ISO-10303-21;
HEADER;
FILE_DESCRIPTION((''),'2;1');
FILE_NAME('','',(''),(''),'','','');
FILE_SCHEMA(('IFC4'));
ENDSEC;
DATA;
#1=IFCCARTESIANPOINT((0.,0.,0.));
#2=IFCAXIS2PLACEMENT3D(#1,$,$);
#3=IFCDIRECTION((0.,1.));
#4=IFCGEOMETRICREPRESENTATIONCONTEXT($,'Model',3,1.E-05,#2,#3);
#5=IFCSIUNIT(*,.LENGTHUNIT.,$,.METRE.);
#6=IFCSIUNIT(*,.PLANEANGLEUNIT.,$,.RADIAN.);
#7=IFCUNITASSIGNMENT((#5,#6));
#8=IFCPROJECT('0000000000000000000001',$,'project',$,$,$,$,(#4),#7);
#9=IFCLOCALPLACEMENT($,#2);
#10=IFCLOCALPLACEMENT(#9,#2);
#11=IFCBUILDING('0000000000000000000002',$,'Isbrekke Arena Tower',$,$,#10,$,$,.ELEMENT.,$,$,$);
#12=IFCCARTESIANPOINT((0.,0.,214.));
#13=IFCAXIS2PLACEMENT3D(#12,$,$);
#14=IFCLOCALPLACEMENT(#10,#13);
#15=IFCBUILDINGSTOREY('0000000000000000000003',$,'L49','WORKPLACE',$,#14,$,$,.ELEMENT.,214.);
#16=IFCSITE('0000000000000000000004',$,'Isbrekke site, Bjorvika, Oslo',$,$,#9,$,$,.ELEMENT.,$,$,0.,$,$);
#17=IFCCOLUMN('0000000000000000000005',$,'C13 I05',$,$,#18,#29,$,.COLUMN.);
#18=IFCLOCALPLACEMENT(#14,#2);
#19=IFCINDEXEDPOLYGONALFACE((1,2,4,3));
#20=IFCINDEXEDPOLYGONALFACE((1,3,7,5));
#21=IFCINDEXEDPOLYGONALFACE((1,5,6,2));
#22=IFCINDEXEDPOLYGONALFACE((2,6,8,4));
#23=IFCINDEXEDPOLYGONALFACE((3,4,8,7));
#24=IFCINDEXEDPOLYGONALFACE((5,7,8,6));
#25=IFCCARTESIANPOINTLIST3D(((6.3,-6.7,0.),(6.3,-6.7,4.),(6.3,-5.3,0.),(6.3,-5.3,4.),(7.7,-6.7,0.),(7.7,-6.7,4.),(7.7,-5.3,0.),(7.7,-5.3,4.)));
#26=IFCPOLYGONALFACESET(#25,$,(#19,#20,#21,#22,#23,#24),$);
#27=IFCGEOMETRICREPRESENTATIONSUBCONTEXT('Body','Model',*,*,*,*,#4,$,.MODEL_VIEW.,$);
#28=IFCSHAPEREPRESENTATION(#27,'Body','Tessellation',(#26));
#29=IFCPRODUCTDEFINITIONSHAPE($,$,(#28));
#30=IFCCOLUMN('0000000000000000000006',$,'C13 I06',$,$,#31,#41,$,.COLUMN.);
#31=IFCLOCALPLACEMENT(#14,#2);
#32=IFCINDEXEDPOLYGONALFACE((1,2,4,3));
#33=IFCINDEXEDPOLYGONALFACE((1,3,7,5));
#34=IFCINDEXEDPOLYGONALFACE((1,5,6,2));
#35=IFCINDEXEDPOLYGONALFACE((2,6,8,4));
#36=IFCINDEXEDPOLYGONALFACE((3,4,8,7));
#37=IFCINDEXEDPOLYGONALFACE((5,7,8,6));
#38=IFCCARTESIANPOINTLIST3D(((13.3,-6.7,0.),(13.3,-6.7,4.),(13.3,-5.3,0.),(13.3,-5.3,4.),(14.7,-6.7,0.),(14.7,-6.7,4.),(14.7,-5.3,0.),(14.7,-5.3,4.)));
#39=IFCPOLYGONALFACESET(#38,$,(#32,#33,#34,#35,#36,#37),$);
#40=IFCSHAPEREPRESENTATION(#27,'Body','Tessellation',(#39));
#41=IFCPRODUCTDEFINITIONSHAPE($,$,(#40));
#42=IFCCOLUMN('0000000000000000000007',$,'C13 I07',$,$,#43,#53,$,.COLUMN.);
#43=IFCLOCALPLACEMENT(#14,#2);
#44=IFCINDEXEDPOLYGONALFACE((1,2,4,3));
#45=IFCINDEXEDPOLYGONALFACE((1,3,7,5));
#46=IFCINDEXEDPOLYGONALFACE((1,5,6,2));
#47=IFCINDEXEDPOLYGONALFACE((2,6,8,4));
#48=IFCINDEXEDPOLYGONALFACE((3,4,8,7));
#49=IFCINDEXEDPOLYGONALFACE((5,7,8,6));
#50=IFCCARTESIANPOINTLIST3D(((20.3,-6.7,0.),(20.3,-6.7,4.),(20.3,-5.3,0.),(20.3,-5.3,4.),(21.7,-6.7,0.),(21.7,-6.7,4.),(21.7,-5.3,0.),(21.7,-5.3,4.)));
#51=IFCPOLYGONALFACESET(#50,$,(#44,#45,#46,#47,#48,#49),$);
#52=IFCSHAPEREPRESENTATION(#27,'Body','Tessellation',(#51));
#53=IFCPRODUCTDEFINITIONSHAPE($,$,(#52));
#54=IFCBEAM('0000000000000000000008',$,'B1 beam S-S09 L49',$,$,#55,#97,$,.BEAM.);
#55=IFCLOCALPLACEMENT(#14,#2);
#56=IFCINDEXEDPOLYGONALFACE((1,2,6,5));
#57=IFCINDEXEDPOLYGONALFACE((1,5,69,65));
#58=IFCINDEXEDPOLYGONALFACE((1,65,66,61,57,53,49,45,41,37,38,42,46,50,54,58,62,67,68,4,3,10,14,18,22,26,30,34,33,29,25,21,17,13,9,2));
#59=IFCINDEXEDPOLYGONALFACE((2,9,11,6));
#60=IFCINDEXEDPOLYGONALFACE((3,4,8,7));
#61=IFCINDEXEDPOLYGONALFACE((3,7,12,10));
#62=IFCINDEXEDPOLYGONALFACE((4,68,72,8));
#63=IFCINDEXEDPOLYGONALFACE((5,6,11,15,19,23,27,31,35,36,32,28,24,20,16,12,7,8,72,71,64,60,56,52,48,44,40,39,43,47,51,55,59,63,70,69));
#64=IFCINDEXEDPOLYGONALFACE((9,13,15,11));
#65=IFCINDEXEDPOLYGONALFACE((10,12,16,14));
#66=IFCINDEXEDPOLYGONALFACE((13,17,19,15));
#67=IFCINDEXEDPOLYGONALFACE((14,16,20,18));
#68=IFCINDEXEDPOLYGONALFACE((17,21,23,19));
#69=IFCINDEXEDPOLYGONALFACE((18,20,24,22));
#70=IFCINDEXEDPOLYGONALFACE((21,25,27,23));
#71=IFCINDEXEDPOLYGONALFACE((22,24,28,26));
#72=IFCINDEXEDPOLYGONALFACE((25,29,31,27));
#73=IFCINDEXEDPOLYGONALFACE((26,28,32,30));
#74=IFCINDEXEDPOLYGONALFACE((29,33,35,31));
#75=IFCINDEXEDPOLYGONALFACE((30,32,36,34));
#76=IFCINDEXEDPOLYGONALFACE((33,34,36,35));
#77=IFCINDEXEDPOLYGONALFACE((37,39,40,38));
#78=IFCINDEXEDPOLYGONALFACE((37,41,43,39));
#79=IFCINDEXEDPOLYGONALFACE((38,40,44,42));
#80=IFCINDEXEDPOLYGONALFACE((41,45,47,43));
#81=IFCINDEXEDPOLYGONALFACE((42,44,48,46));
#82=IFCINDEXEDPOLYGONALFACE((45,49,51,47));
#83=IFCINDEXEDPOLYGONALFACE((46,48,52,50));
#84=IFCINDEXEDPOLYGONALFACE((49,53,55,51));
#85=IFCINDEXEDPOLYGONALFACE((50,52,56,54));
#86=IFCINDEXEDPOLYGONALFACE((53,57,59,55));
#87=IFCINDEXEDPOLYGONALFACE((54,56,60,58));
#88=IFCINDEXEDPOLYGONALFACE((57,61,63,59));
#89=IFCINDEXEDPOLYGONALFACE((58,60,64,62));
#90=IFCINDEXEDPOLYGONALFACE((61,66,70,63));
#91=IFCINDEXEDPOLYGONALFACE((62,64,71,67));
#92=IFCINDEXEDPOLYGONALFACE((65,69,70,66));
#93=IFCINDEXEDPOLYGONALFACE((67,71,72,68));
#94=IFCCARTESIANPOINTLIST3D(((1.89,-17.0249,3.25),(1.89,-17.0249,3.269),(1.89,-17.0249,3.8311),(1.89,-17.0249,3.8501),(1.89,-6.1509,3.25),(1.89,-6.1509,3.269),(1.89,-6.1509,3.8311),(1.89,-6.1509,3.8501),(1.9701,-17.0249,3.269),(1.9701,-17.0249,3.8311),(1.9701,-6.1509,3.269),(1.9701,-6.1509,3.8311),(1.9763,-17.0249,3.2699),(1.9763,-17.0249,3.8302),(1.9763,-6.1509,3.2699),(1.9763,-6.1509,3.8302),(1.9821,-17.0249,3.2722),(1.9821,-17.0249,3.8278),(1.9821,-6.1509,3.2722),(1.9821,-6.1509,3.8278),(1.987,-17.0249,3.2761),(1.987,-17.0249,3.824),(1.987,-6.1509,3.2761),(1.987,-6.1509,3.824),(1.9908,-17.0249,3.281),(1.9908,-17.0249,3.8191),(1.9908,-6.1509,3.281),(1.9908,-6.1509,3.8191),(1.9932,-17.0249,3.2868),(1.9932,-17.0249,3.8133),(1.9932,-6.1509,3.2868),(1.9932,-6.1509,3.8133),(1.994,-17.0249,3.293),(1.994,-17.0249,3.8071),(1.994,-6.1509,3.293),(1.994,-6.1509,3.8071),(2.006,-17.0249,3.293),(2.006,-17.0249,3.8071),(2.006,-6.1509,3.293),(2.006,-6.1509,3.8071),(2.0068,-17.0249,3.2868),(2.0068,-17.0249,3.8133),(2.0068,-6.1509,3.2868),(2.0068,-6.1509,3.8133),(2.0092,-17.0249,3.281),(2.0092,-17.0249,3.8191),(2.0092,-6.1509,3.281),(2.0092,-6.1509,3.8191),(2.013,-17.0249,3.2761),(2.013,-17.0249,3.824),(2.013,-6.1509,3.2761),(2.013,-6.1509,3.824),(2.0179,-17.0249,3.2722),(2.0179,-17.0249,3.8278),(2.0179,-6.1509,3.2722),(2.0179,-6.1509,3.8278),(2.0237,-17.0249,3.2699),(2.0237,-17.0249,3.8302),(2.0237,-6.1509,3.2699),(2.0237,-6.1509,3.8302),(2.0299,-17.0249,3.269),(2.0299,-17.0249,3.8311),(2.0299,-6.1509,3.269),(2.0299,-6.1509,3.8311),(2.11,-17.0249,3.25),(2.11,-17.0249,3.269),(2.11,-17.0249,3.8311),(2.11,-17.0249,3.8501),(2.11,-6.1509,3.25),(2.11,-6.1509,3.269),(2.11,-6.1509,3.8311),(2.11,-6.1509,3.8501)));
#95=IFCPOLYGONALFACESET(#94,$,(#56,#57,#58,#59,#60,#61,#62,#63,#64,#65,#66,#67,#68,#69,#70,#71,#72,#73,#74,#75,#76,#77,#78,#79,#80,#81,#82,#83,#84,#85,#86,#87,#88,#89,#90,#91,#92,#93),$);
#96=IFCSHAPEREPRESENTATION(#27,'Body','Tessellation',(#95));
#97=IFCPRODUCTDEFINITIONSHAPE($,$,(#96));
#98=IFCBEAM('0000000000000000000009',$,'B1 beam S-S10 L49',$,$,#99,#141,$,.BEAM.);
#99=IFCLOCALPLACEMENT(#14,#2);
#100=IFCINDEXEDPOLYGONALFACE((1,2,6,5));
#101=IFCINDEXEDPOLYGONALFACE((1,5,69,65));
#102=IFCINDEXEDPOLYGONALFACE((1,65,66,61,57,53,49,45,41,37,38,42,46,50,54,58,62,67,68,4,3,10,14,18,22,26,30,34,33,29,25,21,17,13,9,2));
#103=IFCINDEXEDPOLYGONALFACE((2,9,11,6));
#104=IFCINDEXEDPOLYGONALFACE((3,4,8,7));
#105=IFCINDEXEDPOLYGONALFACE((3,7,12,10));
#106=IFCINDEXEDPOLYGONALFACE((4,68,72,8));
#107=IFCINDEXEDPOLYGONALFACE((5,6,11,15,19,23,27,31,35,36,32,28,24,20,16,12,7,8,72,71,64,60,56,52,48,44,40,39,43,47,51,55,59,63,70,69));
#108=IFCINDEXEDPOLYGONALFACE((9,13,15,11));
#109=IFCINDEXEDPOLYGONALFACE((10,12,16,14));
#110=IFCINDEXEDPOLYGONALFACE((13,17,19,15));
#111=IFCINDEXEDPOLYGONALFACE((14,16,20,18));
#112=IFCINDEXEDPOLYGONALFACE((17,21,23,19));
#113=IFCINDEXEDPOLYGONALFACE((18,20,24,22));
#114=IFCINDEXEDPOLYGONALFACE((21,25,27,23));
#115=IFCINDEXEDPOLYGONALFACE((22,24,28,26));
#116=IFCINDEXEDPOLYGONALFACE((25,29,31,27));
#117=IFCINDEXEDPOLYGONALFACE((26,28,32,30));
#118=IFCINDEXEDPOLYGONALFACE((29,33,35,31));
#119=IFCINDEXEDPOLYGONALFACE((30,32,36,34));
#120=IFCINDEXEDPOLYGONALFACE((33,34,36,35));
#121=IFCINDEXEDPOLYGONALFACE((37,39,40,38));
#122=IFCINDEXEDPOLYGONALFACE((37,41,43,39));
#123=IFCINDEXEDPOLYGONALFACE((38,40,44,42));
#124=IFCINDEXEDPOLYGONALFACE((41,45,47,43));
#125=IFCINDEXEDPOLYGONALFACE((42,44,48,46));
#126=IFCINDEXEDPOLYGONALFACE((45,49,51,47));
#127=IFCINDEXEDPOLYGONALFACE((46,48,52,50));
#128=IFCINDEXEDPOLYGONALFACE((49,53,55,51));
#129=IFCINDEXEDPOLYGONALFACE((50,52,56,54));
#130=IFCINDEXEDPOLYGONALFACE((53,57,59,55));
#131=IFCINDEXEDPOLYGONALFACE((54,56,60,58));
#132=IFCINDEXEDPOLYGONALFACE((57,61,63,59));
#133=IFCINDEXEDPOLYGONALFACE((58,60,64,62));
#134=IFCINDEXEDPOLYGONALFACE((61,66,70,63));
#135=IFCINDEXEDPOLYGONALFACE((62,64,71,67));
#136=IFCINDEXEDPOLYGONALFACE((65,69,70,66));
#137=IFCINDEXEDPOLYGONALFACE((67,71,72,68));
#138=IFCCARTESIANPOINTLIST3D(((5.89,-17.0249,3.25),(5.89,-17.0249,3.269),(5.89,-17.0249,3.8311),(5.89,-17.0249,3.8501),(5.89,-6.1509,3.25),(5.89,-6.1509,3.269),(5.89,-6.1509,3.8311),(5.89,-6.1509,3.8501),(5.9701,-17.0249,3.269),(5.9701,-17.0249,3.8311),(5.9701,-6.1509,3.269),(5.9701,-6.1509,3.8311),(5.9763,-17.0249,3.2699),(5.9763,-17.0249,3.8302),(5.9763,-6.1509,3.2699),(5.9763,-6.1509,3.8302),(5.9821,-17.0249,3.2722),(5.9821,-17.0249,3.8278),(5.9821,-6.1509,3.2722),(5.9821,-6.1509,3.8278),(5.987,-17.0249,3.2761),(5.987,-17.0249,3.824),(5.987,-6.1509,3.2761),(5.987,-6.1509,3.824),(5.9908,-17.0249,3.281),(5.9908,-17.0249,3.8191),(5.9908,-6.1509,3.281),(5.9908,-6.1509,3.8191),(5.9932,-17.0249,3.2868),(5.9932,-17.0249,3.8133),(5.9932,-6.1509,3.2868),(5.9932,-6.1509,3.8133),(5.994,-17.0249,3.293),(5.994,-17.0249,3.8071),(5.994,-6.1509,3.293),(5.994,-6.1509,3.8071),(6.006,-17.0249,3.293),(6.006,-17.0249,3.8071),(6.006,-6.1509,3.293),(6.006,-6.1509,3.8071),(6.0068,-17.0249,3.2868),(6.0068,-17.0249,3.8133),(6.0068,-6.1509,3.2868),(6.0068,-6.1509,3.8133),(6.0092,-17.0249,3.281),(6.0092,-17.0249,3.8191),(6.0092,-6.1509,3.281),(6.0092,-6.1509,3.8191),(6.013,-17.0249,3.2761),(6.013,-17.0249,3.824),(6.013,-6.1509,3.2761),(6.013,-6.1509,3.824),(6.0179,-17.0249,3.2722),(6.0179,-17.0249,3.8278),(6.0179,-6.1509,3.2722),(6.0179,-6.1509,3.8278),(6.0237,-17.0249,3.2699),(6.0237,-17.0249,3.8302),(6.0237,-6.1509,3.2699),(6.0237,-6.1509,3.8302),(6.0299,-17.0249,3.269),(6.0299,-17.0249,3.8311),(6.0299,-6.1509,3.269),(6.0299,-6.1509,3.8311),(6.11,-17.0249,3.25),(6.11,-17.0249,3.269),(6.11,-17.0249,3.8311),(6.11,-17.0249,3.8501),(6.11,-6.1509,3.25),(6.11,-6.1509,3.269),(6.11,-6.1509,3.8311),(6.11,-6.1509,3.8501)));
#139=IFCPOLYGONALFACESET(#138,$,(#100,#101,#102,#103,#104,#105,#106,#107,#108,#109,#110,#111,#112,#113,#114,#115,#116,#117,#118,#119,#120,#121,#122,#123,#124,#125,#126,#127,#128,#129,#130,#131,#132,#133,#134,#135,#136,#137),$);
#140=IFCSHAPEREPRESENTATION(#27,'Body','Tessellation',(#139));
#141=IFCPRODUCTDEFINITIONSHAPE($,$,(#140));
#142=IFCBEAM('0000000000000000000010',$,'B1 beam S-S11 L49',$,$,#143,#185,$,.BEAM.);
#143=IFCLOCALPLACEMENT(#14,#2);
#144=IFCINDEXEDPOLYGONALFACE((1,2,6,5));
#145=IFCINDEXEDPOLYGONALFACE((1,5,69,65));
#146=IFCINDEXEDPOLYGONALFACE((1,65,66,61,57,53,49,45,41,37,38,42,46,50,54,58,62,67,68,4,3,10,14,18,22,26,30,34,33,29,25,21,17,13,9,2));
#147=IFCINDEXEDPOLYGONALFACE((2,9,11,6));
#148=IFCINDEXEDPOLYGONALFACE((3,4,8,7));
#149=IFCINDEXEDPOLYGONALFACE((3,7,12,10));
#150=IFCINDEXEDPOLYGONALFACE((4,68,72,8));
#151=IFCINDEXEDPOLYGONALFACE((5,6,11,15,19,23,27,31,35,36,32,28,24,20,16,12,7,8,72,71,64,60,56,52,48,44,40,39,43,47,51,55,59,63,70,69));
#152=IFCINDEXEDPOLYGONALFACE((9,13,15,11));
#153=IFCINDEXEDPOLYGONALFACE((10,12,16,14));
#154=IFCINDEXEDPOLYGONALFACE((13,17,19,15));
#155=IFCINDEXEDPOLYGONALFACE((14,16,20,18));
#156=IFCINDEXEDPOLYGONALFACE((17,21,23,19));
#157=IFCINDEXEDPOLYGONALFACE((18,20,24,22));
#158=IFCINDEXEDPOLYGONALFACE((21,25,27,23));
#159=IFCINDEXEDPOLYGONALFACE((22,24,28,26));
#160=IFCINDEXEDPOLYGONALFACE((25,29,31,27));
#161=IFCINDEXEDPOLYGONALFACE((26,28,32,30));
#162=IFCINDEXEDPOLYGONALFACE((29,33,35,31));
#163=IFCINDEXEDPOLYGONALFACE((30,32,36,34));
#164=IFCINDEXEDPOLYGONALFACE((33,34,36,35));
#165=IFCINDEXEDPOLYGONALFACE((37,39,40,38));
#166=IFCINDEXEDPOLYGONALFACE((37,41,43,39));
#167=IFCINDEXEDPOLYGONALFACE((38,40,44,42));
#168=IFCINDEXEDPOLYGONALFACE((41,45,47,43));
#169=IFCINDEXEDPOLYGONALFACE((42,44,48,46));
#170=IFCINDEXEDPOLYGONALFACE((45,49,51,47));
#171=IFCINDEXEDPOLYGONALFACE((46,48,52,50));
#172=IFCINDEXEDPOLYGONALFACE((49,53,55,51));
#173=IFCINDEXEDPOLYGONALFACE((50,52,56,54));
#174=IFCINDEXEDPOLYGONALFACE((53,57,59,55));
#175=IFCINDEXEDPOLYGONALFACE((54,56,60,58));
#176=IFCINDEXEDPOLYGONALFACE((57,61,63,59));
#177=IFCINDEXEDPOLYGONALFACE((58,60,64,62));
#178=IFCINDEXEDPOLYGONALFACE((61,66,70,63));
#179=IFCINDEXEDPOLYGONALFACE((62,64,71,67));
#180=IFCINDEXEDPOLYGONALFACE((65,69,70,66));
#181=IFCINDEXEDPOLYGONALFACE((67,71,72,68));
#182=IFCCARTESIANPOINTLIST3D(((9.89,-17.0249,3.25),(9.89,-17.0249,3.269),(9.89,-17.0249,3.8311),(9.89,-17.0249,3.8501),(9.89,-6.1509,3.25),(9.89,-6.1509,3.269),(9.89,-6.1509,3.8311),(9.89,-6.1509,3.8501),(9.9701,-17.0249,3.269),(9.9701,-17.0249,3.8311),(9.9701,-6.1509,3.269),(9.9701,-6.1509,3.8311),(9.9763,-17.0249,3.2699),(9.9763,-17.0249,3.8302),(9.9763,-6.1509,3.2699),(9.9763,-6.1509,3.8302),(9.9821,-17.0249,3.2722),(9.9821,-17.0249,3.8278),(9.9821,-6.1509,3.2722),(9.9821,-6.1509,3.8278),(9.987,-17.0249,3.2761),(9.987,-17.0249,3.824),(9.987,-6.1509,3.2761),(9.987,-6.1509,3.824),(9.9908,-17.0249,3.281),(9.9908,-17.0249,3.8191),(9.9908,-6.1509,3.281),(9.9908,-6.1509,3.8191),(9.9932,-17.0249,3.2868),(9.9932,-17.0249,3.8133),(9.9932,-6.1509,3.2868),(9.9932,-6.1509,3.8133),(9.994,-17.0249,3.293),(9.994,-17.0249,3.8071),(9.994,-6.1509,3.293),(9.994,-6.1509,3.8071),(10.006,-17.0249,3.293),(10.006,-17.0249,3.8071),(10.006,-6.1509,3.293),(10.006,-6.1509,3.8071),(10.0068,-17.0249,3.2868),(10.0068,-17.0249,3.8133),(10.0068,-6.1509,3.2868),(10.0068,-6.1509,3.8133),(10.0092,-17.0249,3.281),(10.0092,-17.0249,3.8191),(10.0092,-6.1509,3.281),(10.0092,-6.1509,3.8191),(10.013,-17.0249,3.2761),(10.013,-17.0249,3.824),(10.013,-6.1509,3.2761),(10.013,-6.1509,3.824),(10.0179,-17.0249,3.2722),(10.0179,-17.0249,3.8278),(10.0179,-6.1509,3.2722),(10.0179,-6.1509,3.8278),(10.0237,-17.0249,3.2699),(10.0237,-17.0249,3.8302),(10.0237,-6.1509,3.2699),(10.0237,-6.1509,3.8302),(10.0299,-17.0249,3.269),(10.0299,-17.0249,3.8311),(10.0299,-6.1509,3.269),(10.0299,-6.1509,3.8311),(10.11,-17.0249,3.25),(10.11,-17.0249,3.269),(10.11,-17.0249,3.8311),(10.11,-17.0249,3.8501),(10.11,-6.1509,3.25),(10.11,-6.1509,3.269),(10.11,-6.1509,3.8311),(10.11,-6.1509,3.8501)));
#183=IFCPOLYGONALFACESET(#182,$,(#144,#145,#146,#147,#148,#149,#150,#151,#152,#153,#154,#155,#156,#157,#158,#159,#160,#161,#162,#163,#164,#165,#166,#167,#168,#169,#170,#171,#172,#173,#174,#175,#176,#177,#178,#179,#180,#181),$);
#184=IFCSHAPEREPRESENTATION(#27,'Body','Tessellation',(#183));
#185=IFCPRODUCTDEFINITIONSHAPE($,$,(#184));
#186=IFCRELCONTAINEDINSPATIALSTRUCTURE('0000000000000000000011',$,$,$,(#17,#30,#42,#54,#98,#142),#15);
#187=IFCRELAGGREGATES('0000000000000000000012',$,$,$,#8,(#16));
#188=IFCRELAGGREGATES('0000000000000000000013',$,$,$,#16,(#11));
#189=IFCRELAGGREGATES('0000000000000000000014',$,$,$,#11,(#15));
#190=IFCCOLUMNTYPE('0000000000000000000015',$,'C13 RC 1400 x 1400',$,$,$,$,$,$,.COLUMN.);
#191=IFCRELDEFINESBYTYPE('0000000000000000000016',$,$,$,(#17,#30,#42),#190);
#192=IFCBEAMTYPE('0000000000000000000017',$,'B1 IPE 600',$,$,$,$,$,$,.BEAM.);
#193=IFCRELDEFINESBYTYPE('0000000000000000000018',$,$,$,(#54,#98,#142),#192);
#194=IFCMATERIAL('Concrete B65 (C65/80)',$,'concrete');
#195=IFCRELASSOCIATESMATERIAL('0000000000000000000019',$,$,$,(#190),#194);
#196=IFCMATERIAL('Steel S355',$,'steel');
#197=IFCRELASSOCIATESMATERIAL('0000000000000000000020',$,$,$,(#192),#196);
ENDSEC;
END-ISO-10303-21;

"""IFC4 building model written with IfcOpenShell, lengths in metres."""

from ifc_helpers import new_model, si_unit, direction, frame, origin, origin_2d, place, context, subcontext, project, spatial, rectangle, i_section, extrude, material, material_profile, profile_set, type_object, element, save


model = new_model("IFC4")

# Units and contexts
model_context = context("Model", 3, precision=1e-05, world=origin(), true_north=direction((0.0, 1.0)))
body_context = subcontext(model_context, "Body", "Model", "MODEL_VIEW")
ifc_project = project(units=[si_unit("LENGTHUNIT", "METRE"), si_unit("PLANEANGLEUNIT", "RADIAN")], contexts=[model_context])

# Site, building, storey
site_placement = place(None, origin())
site = spatial("IfcSite", under=ifc_project, at=site_placement, Name="Isbrekke site, Bjorvika, Oslo", CompositionType="ELEMENT", RefElevation=0.0)
building_placement = place(site_placement, origin())
building = spatial("IfcBuilding", under=site, at=building_placement, Name="Isbrekke Arena Tower", CompositionType="ELEMENT")
storey_placement = place(building_placement, frame((0.0, 0.0, 214.0)))
storey = spatial("IfcBuildingStorey", under=building, at=storey_placement, Name="L49", Description="WORKPLACE", CompositionType="ELEMENT", Elevation=214.0)

# Columns
ifc_material_1 = material(Name="Concrete B65 (C65/80)", Category="concrete")
ifc_material_profile_1 = material_profile(ifc_material_1, rectangle(XDim=1.3999, YDim=1.3999, at=origin_2d()), Name="RC 1400x1400")
ifc_profile_set_1 = profile_set([ifc_material_profile_1], Name="Concrete B65 (C65/80)")
column_type = type_object("IfcColumnType", Name="C13 RC 1400 x 1400", PredefinedType="COLUMN", material=ifc_profile_set_1)
for number, where, z_axis, x_axis, name in (
    (1, (7.0, -6.0, 0.0), (0.0, 0.0, 1.0), (1.0, 0.0, 0.0), "C13 I05"),
    (2, (14.0, -6.0, 0.0), (0.0, 0.0, 1.0), (1.0, 0.0, 0.0), "C13 I06"),
    (3, (21.0, -6.0, 0.0), (0.0, 0.0, 1.0), (1.0, 0.0, 0.0), "C13 I07"),
):
    element("IfcColumn", number, at=place(storey_placement, frame(where, z_axis=z_axis, x_axis=x_axis)), inside=storey, type_object=column_type, Name=name, PredefinedType="COLUMN", context=body_context, shape_type="SweptSolid", body=[
        extrude(rectangle(XDim=1.3999, YDim=1.3999, at=origin_2d()), origin(), (0.0, 0.0, 1.0), 4.0),
    ])

# Beams
ifc_material_2 = material(Name="Steel S355", Category="steel")
ifc_material_profile_2 = material_profile(ifc_material_2, i_section(OverallWidth=0.22, OverallDepth=0.6001, WebThickness=0.012, FlangeThickness=0.019, FilletRadius=0.0239, at=origin_2d()), Name="IPE 600")
ifc_profile_set_2 = profile_set([ifc_material_profile_2], Name="Steel S355")
beam_type_1 = type_object("IfcBeamType", Name="B1 IPE 600", PredefinedType="BEAM", material=ifc_profile_set_2)
for number, where, z_axis, x_axis, name in (
    (4, (2.0, -17.0249, 3.55), (0.0, 1.0, 0.0), (-1.0, 0.0, 0.0), "B1 beam S-S09 L49"),
    (5, (6.0, -17.0249, 3.55), (0.0, 1.0, 0.0), (-1.0, 0.0, 0.0), "B1 beam S-S10 L49"),
    (6, (10.0, -17.0249, 3.55), (0.0, 1.0, 0.0), (-1.0, 0.0, 0.0), "B1 beam S-S11 L49"),
):
    element("IfcBeam", number, at=place(storey_placement, frame(where, z_axis=z_axis, x_axis=x_axis)), inside=storey, type_object=beam_type_1, Name=name, PredefinedType="BEAM", context=body_context, shape_type="SweptSolid", body=[
        extrude(i_section(OverallWidth=0.22, OverallDepth=0.6001, WebThickness=0.012, FlangeThickness=0.019, FilletRadius=0.0239, at=origin_2d()), origin(), (0.0, 0.0, 1.0), 10.874),
    ])

save(model, "model.ifc")
